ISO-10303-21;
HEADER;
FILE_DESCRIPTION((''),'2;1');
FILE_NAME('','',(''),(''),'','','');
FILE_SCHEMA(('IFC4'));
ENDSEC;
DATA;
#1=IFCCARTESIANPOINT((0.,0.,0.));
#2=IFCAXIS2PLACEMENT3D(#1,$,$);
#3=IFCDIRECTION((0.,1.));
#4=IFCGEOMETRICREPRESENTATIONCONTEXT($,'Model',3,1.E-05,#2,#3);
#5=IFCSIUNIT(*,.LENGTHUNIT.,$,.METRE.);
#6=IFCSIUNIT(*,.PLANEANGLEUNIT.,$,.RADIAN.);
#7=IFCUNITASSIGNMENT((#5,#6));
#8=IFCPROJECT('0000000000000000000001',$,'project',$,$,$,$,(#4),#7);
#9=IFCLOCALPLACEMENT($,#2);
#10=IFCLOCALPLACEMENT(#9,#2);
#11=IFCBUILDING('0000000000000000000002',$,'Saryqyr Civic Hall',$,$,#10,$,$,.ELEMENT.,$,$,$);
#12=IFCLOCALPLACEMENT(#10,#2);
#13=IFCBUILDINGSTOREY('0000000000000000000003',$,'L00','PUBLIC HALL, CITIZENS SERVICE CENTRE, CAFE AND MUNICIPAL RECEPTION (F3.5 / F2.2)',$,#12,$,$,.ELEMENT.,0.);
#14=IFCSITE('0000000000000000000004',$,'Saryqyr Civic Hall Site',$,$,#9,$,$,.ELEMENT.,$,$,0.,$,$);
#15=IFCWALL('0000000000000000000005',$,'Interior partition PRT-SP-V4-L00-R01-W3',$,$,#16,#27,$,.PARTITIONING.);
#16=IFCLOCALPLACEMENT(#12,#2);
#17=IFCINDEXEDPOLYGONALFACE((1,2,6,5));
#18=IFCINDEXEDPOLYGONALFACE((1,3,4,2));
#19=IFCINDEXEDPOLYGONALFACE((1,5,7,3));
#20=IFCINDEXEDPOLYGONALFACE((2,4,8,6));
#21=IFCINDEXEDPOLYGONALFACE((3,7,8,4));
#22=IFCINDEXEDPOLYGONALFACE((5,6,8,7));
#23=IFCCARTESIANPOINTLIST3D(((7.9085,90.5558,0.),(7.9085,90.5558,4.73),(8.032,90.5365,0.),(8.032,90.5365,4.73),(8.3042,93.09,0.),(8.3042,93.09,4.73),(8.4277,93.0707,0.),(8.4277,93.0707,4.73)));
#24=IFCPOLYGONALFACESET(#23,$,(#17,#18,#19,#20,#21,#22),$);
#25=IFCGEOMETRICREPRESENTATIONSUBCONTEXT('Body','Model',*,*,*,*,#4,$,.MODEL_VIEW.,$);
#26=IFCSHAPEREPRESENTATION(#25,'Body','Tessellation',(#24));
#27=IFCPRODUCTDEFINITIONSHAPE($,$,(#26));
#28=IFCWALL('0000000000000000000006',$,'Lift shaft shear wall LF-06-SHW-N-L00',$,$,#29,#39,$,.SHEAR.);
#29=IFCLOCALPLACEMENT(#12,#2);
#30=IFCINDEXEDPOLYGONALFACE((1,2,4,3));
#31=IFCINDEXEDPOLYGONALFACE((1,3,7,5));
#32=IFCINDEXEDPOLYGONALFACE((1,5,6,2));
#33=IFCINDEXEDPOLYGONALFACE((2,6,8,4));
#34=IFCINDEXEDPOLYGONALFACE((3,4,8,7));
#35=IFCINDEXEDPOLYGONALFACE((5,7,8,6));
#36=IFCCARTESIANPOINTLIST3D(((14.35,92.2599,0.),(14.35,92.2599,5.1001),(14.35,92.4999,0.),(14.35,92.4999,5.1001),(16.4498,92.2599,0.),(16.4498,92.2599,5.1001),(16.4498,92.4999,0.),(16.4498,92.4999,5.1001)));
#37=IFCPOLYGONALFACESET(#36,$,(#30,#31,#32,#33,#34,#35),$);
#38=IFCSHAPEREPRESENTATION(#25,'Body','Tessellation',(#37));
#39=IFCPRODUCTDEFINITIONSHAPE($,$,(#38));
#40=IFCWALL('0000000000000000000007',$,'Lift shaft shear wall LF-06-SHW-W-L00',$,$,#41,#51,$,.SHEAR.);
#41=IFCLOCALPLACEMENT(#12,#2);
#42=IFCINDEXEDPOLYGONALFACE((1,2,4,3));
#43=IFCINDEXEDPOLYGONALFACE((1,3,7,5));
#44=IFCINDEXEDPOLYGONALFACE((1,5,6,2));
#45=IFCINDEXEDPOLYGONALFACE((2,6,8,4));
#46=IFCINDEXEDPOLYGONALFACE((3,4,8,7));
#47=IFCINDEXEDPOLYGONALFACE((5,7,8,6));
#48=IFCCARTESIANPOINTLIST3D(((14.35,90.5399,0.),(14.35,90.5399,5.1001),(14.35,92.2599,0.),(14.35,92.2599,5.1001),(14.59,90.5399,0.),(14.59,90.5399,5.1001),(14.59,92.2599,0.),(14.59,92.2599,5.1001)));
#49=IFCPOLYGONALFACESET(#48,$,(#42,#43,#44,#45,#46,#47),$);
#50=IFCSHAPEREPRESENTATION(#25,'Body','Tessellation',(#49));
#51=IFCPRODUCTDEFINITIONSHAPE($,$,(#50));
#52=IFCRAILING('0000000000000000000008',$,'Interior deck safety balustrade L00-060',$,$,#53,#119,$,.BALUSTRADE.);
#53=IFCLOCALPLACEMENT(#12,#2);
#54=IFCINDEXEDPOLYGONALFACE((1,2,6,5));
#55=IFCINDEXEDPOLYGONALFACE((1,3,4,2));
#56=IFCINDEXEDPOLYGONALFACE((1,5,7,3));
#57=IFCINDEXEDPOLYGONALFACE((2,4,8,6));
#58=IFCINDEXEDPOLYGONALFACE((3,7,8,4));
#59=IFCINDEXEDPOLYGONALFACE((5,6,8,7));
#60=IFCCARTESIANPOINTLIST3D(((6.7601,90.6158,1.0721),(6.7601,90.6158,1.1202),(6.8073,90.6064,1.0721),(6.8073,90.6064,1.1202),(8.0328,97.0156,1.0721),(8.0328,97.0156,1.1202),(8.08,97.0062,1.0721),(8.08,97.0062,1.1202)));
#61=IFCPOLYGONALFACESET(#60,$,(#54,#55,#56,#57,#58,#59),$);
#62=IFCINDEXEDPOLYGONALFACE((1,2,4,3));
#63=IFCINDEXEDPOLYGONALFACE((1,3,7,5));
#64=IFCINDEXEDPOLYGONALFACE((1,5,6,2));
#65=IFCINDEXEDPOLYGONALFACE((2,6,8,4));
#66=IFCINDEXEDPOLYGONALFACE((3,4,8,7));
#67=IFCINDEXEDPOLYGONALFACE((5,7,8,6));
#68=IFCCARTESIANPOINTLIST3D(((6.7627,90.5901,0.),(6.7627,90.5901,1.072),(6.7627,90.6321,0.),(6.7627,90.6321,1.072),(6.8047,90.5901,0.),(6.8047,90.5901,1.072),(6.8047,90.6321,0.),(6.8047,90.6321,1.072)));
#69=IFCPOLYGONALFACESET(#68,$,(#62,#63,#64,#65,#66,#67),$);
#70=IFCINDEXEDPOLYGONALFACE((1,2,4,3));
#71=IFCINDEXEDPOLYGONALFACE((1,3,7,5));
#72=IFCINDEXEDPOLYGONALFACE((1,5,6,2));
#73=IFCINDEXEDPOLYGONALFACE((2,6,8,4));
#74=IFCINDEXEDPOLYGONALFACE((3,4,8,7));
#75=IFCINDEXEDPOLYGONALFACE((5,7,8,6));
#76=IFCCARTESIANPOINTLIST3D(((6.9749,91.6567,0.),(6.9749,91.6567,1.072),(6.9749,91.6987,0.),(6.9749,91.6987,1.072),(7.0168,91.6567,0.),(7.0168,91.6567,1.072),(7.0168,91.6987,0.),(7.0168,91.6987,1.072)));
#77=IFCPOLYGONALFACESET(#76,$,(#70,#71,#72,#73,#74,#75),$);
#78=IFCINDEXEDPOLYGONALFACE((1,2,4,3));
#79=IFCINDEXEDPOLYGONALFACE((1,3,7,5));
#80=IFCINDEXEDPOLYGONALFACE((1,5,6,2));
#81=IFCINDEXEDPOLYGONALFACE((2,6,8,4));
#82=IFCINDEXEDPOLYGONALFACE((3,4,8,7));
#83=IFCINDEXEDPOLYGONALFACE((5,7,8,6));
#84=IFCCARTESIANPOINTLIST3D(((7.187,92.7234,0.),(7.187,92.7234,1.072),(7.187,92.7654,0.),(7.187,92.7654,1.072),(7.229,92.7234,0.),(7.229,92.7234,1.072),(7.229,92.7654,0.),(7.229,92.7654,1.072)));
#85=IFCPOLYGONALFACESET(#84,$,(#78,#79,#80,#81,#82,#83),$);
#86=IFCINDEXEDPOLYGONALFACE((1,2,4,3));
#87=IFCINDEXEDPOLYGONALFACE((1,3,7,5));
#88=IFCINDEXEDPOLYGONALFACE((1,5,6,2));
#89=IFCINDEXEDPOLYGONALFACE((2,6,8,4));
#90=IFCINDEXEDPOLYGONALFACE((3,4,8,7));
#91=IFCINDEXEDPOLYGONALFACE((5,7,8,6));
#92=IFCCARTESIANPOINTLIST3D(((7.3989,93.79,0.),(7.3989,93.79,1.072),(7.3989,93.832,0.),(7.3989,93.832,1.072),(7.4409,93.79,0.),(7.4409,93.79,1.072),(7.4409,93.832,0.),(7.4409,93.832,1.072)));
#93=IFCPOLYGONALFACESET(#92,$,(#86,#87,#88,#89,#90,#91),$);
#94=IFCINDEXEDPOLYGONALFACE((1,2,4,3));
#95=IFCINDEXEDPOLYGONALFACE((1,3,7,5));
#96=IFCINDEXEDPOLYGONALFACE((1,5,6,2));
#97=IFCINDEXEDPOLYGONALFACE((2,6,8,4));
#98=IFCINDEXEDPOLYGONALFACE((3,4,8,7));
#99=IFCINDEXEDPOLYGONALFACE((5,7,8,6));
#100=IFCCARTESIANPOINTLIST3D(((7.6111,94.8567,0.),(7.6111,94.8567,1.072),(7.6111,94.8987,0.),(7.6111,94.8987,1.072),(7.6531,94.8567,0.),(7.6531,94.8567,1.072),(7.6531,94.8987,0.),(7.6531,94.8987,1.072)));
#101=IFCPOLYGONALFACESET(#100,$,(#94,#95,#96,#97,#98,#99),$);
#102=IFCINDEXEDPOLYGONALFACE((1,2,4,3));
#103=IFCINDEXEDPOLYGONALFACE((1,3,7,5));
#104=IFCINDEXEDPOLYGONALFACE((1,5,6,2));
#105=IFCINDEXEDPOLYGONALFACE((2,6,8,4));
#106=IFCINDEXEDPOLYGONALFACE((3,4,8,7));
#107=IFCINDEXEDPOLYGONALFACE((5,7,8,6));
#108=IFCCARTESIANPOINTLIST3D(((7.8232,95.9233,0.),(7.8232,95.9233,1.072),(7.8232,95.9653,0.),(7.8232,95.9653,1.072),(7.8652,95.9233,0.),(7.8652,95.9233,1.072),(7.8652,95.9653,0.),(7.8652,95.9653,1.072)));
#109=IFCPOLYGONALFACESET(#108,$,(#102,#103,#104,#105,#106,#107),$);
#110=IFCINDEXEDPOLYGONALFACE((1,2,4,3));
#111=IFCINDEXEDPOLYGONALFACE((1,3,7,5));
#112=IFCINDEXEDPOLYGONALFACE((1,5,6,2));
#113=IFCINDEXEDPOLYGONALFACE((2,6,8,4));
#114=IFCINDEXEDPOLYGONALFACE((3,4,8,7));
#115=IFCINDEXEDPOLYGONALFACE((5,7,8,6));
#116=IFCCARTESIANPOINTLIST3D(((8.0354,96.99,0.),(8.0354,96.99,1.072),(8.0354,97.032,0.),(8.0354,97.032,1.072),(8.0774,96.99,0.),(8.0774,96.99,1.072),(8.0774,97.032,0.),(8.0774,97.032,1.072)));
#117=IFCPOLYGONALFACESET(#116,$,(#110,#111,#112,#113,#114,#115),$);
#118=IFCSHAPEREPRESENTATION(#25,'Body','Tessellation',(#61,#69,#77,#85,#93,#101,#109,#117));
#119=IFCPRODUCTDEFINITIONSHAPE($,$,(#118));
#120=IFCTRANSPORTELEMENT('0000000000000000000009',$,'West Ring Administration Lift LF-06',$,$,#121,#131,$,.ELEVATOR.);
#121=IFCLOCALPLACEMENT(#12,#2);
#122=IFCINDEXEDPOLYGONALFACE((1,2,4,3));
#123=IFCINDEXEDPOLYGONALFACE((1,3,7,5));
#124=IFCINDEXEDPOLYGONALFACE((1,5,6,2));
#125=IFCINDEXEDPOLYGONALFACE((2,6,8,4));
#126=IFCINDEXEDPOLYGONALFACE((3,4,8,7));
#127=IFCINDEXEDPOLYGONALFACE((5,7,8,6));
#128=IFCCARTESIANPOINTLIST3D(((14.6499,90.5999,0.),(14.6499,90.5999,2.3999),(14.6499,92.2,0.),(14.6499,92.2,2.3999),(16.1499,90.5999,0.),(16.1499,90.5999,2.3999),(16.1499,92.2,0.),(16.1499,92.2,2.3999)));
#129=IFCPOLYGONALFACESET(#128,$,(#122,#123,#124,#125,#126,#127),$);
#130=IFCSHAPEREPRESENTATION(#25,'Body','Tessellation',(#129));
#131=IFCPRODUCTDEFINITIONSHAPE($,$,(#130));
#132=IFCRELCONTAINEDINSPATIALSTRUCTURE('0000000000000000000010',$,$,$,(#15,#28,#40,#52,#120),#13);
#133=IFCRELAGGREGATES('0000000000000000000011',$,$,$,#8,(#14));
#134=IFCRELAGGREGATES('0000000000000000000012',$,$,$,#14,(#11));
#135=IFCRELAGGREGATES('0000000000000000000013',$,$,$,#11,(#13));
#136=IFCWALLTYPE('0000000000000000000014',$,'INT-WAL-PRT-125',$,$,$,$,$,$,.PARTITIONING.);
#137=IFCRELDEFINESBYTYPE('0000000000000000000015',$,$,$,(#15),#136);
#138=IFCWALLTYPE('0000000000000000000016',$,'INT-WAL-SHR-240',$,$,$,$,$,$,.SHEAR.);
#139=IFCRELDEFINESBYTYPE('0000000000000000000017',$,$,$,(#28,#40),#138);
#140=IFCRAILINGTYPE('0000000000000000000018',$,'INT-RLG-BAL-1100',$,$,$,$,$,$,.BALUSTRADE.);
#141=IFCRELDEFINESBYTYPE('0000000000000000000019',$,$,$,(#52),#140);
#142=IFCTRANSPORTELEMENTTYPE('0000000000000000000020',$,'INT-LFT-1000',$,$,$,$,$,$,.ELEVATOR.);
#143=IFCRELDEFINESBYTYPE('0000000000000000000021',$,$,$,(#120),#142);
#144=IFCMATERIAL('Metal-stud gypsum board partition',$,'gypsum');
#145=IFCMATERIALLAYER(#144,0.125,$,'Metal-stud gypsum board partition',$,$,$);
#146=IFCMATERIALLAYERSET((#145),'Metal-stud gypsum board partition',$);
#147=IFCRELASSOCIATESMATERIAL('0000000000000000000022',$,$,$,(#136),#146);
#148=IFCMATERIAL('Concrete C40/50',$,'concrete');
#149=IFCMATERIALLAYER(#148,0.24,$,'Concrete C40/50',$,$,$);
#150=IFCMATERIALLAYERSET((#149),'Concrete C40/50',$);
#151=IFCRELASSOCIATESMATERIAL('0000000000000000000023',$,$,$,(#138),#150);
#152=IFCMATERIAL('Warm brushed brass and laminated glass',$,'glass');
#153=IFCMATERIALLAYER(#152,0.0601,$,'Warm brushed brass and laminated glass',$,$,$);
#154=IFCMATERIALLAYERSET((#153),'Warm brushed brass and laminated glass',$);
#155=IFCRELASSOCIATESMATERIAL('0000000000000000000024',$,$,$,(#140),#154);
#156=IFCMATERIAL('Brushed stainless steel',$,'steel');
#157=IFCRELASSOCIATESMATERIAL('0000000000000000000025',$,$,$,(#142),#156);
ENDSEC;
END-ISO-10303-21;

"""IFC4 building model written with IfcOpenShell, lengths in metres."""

from ifc_helpers import new_model, si_unit, direction, frame, frame_2d, origin, origin_2d, place, context, subcontext, project, spatial, rectangle, extrude, material, layer, layer_set, type_object, element, save


model = new_model("IFC4")

# Units and contexts
model_context = context("Model", 3, precision=1e-05, world=origin(), true_north=direction((0.0, 1.0)))
body_context = subcontext(model_context, "Body", "Model", "MODEL_VIEW")
ifc_project = project(units=[si_unit("LENGTHUNIT", "METRE"), si_unit("PLANEANGLEUNIT", "RADIAN")], contexts=[model_context])

# Site, building, storey
site_placement = place(None, origin())
site = spatial("IfcSite", under=ifc_project, at=site_placement, Name="Saryqyr Civic Hall Site", CompositionType="ELEMENT", RefElevation=0.0)
building_placement = place(site_placement, origin())
building = spatial("IfcBuilding", under=site, at=building_placement, Name="Saryqyr Civic Hall", CompositionType="ELEMENT")
storey_placement = place(building_placement, origin())
storey = spatial("IfcBuildingStorey", under=building, at=storey_placement, Name="L00", Description="PUBLIC HALL, CITIZENS SERVICE CENTRE, CAFE AND MUNICIPAL RECEPTION (F3.5 / F2.2)", CompositionType="ELEMENT", Elevation=0.0)

# Walls
ifc_material_1 = material(Name="Metal-stud gypsum board partition", Category="gypsum")
ifc_layer_1 = layer(ifc_material_1, 0.125, Name="Metal-stud gypsum board partition")
ifc_layer_set_1 = layer_set([ifc_layer_1], Name="Metal-stud gypsum board partition")
wall_type_1 = type_object("IfcWallType", Name="INT-WAL-PRT-125", PredefinedType="PARTITIONING", material=ifc_layer_set_1)
wall_1_placement = place(storey_placement, frame((7.9702, 90.5461, 0.0), z_axis=(0.0, 0.0, 1.0), x_axis=(0.154296, 0.988025, 0.0)))
element("IfcWall", 1, at=wall_1_placement, inside=storey, type_object=wall_type_1, Name="Interior partition PRT-SP-V4-L00-R01-W3", PredefinedType="PARTITIONING", context=body_context, shape_type="SweptSolid", body=[
    extrude(rectangle(XDim=2.5649, YDim=0.125, at=frame_2d((1.2825, 0.0))), origin(), (0.0, 0.0, 1.0), 4.73),
])
ifc_material_2 = material(Name="Concrete C40/50", Category="concrete")
ifc_layer_2 = layer(ifc_material_2, 0.24, Name="Concrete C40/50")
ifc_layer_set_2 = layer_set([ifc_layer_2], Name="Concrete C40/50")
wall_type_2 = type_object("IfcWallType", Name="INT-WAL-SHR-240", PredefinedType="SHEAR", material=ifc_layer_set_2)
wall_2_placement = place(storey_placement, frame((14.3501, 92.3799, 0.0), z_axis=(0.0, 0.0, 1.0), x_axis=(1.0, 0.0, 0.0)))
element("IfcWall", 2, at=wall_2_placement, inside=storey, type_object=wall_type_2, Name="Lift shaft shear wall LF-06-SHW-N-L00", PredefinedType="SHEAR", context=body_context, shape_type="SweptSolid", body=[
    extrude(rectangle(XDim=2.0999, YDim=0.24, at=frame_2d((1.0498, 0.0))), origin(), (0.0, 0.0, 1.0), 5.1001),
])
wall_3_placement = place(storey_placement, frame((14.47, 90.54, 0.0), z_axis=(0.0, 0.0, 1.0), x_axis=(0.0, 1.0, 0.0)))
element("IfcWall", 3, at=wall_3_placement, inside=storey, type_object=wall_type_2, Name="Lift shaft shear wall LF-06-SHW-W-L00", PredefinedType="SHEAR", context=body_context, shape_type="SweptSolid", body=[
    extrude(rectangle(XDim=1.72, YDim=0.24, at=frame_2d((0.8599, 0.0))), origin(), (0.0, 0.0, 1.0), 5.1001),
])

# Railing
ifc_material_3 = material(Name="Warm brushed brass and laminated glass", Category="glass")
ifc_layer_3 = layer(ifc_material_3, 0.0601, Name="Warm brushed brass and laminated glass")
ifc_layer_set_3 = layer_set([ifc_layer_3], Name="Warm brushed brass and laminated glass")
railing_type = type_object("IfcRailingType", Name="INT-RLG-BAL-1100", PredefinedType="BALUSTRADE", material=ifc_layer_set_3)
railing_placement = place(storey_placement, frame((6.7837, 90.6111, 0.0)))
element("IfcRailing", 4, at=railing_placement, inside=storey, type_object=railing_type, Name="Interior deck safety balustrade L00-060", PredefinedType="BALUSTRADE", context=body_context, shape_type="SweptSolid", body=[
    extrude(rectangle(XDim=0.0481, YDim=0.0481, at=origin_2d()), frame((0.0, 0.0, 1.0962), z_axis=(0.195044, 0.980795, 0.0), x_axis=(-0.980795, 0.195044, 0.0)), (0.0, 0.0, 1.0), 6.5251),
    extrude(rectangle(XDim=0.042, YDim=0.042, at=origin_2d()), origin(), (0.0, 0.0, 1.0), 1.072),
    extrude(rectangle(XDim=0.042, YDim=0.042, at=origin_2d()), frame((0.2122, 1.0667, 0.0)), (0.0, 0.0, 1.0), 1.072),
    extrude(rectangle(XDim=0.042, YDim=0.042, at=origin_2d()), frame((0.4243, 2.1333, 0.0)), (0.0, 0.0, 1.0), 1.072),
    extrude(rectangle(XDim=0.042, YDim=0.042, at=origin_2d()), frame((0.6362, 3.2, 0.0)), (0.0, 0.0, 1.0), 1.072),
    extrude(rectangle(XDim=0.042, YDim=0.042, at=origin_2d()), frame((0.8484, 4.2666, 0.0)), (0.0, 0.0, 1.0), 1.072),
    extrude(rectangle(XDim=0.042, YDim=0.042, at=origin_2d()), frame((1.0605, 5.3333, 0.0)), (0.0, 0.0, 1.0), 1.072),
    extrude(rectangle(XDim=0.042, YDim=0.042, at=origin_2d()), frame((1.2727, 6.3999, 0.0)), (0.0, 0.0, 1.0), 1.072),
])

# Transport element
ifc_material_4 = material(Name="Brushed stainless steel", Category="steel")
transport_element_type = type_object("IfcTransportElementType", Name="INT-LFT-1000", PredefinedType="ELEVATOR", material=ifc_material_4)
transport_element_placement = place(storey_placement, frame((15.3999, 91.3999, 0.0), z_axis=(0.0, 0.0, 1.0), x_axis=(1.0, 0.0, 0.0)))
element("IfcTransportElement", 5, at=transport_element_placement, inside=storey, type_object=transport_element_type, Name="West Ring Administration Lift LF-06", PredefinedType="ELEVATOR", context=body_context, shape_type="SweptSolid", body=[
    extrude(rectangle(XDim=1.5, YDim=1.6001, at=origin_2d()), origin(), (0.0, 0.0, 1.0), 2.3999),
])

save(model, "model.ifc")
